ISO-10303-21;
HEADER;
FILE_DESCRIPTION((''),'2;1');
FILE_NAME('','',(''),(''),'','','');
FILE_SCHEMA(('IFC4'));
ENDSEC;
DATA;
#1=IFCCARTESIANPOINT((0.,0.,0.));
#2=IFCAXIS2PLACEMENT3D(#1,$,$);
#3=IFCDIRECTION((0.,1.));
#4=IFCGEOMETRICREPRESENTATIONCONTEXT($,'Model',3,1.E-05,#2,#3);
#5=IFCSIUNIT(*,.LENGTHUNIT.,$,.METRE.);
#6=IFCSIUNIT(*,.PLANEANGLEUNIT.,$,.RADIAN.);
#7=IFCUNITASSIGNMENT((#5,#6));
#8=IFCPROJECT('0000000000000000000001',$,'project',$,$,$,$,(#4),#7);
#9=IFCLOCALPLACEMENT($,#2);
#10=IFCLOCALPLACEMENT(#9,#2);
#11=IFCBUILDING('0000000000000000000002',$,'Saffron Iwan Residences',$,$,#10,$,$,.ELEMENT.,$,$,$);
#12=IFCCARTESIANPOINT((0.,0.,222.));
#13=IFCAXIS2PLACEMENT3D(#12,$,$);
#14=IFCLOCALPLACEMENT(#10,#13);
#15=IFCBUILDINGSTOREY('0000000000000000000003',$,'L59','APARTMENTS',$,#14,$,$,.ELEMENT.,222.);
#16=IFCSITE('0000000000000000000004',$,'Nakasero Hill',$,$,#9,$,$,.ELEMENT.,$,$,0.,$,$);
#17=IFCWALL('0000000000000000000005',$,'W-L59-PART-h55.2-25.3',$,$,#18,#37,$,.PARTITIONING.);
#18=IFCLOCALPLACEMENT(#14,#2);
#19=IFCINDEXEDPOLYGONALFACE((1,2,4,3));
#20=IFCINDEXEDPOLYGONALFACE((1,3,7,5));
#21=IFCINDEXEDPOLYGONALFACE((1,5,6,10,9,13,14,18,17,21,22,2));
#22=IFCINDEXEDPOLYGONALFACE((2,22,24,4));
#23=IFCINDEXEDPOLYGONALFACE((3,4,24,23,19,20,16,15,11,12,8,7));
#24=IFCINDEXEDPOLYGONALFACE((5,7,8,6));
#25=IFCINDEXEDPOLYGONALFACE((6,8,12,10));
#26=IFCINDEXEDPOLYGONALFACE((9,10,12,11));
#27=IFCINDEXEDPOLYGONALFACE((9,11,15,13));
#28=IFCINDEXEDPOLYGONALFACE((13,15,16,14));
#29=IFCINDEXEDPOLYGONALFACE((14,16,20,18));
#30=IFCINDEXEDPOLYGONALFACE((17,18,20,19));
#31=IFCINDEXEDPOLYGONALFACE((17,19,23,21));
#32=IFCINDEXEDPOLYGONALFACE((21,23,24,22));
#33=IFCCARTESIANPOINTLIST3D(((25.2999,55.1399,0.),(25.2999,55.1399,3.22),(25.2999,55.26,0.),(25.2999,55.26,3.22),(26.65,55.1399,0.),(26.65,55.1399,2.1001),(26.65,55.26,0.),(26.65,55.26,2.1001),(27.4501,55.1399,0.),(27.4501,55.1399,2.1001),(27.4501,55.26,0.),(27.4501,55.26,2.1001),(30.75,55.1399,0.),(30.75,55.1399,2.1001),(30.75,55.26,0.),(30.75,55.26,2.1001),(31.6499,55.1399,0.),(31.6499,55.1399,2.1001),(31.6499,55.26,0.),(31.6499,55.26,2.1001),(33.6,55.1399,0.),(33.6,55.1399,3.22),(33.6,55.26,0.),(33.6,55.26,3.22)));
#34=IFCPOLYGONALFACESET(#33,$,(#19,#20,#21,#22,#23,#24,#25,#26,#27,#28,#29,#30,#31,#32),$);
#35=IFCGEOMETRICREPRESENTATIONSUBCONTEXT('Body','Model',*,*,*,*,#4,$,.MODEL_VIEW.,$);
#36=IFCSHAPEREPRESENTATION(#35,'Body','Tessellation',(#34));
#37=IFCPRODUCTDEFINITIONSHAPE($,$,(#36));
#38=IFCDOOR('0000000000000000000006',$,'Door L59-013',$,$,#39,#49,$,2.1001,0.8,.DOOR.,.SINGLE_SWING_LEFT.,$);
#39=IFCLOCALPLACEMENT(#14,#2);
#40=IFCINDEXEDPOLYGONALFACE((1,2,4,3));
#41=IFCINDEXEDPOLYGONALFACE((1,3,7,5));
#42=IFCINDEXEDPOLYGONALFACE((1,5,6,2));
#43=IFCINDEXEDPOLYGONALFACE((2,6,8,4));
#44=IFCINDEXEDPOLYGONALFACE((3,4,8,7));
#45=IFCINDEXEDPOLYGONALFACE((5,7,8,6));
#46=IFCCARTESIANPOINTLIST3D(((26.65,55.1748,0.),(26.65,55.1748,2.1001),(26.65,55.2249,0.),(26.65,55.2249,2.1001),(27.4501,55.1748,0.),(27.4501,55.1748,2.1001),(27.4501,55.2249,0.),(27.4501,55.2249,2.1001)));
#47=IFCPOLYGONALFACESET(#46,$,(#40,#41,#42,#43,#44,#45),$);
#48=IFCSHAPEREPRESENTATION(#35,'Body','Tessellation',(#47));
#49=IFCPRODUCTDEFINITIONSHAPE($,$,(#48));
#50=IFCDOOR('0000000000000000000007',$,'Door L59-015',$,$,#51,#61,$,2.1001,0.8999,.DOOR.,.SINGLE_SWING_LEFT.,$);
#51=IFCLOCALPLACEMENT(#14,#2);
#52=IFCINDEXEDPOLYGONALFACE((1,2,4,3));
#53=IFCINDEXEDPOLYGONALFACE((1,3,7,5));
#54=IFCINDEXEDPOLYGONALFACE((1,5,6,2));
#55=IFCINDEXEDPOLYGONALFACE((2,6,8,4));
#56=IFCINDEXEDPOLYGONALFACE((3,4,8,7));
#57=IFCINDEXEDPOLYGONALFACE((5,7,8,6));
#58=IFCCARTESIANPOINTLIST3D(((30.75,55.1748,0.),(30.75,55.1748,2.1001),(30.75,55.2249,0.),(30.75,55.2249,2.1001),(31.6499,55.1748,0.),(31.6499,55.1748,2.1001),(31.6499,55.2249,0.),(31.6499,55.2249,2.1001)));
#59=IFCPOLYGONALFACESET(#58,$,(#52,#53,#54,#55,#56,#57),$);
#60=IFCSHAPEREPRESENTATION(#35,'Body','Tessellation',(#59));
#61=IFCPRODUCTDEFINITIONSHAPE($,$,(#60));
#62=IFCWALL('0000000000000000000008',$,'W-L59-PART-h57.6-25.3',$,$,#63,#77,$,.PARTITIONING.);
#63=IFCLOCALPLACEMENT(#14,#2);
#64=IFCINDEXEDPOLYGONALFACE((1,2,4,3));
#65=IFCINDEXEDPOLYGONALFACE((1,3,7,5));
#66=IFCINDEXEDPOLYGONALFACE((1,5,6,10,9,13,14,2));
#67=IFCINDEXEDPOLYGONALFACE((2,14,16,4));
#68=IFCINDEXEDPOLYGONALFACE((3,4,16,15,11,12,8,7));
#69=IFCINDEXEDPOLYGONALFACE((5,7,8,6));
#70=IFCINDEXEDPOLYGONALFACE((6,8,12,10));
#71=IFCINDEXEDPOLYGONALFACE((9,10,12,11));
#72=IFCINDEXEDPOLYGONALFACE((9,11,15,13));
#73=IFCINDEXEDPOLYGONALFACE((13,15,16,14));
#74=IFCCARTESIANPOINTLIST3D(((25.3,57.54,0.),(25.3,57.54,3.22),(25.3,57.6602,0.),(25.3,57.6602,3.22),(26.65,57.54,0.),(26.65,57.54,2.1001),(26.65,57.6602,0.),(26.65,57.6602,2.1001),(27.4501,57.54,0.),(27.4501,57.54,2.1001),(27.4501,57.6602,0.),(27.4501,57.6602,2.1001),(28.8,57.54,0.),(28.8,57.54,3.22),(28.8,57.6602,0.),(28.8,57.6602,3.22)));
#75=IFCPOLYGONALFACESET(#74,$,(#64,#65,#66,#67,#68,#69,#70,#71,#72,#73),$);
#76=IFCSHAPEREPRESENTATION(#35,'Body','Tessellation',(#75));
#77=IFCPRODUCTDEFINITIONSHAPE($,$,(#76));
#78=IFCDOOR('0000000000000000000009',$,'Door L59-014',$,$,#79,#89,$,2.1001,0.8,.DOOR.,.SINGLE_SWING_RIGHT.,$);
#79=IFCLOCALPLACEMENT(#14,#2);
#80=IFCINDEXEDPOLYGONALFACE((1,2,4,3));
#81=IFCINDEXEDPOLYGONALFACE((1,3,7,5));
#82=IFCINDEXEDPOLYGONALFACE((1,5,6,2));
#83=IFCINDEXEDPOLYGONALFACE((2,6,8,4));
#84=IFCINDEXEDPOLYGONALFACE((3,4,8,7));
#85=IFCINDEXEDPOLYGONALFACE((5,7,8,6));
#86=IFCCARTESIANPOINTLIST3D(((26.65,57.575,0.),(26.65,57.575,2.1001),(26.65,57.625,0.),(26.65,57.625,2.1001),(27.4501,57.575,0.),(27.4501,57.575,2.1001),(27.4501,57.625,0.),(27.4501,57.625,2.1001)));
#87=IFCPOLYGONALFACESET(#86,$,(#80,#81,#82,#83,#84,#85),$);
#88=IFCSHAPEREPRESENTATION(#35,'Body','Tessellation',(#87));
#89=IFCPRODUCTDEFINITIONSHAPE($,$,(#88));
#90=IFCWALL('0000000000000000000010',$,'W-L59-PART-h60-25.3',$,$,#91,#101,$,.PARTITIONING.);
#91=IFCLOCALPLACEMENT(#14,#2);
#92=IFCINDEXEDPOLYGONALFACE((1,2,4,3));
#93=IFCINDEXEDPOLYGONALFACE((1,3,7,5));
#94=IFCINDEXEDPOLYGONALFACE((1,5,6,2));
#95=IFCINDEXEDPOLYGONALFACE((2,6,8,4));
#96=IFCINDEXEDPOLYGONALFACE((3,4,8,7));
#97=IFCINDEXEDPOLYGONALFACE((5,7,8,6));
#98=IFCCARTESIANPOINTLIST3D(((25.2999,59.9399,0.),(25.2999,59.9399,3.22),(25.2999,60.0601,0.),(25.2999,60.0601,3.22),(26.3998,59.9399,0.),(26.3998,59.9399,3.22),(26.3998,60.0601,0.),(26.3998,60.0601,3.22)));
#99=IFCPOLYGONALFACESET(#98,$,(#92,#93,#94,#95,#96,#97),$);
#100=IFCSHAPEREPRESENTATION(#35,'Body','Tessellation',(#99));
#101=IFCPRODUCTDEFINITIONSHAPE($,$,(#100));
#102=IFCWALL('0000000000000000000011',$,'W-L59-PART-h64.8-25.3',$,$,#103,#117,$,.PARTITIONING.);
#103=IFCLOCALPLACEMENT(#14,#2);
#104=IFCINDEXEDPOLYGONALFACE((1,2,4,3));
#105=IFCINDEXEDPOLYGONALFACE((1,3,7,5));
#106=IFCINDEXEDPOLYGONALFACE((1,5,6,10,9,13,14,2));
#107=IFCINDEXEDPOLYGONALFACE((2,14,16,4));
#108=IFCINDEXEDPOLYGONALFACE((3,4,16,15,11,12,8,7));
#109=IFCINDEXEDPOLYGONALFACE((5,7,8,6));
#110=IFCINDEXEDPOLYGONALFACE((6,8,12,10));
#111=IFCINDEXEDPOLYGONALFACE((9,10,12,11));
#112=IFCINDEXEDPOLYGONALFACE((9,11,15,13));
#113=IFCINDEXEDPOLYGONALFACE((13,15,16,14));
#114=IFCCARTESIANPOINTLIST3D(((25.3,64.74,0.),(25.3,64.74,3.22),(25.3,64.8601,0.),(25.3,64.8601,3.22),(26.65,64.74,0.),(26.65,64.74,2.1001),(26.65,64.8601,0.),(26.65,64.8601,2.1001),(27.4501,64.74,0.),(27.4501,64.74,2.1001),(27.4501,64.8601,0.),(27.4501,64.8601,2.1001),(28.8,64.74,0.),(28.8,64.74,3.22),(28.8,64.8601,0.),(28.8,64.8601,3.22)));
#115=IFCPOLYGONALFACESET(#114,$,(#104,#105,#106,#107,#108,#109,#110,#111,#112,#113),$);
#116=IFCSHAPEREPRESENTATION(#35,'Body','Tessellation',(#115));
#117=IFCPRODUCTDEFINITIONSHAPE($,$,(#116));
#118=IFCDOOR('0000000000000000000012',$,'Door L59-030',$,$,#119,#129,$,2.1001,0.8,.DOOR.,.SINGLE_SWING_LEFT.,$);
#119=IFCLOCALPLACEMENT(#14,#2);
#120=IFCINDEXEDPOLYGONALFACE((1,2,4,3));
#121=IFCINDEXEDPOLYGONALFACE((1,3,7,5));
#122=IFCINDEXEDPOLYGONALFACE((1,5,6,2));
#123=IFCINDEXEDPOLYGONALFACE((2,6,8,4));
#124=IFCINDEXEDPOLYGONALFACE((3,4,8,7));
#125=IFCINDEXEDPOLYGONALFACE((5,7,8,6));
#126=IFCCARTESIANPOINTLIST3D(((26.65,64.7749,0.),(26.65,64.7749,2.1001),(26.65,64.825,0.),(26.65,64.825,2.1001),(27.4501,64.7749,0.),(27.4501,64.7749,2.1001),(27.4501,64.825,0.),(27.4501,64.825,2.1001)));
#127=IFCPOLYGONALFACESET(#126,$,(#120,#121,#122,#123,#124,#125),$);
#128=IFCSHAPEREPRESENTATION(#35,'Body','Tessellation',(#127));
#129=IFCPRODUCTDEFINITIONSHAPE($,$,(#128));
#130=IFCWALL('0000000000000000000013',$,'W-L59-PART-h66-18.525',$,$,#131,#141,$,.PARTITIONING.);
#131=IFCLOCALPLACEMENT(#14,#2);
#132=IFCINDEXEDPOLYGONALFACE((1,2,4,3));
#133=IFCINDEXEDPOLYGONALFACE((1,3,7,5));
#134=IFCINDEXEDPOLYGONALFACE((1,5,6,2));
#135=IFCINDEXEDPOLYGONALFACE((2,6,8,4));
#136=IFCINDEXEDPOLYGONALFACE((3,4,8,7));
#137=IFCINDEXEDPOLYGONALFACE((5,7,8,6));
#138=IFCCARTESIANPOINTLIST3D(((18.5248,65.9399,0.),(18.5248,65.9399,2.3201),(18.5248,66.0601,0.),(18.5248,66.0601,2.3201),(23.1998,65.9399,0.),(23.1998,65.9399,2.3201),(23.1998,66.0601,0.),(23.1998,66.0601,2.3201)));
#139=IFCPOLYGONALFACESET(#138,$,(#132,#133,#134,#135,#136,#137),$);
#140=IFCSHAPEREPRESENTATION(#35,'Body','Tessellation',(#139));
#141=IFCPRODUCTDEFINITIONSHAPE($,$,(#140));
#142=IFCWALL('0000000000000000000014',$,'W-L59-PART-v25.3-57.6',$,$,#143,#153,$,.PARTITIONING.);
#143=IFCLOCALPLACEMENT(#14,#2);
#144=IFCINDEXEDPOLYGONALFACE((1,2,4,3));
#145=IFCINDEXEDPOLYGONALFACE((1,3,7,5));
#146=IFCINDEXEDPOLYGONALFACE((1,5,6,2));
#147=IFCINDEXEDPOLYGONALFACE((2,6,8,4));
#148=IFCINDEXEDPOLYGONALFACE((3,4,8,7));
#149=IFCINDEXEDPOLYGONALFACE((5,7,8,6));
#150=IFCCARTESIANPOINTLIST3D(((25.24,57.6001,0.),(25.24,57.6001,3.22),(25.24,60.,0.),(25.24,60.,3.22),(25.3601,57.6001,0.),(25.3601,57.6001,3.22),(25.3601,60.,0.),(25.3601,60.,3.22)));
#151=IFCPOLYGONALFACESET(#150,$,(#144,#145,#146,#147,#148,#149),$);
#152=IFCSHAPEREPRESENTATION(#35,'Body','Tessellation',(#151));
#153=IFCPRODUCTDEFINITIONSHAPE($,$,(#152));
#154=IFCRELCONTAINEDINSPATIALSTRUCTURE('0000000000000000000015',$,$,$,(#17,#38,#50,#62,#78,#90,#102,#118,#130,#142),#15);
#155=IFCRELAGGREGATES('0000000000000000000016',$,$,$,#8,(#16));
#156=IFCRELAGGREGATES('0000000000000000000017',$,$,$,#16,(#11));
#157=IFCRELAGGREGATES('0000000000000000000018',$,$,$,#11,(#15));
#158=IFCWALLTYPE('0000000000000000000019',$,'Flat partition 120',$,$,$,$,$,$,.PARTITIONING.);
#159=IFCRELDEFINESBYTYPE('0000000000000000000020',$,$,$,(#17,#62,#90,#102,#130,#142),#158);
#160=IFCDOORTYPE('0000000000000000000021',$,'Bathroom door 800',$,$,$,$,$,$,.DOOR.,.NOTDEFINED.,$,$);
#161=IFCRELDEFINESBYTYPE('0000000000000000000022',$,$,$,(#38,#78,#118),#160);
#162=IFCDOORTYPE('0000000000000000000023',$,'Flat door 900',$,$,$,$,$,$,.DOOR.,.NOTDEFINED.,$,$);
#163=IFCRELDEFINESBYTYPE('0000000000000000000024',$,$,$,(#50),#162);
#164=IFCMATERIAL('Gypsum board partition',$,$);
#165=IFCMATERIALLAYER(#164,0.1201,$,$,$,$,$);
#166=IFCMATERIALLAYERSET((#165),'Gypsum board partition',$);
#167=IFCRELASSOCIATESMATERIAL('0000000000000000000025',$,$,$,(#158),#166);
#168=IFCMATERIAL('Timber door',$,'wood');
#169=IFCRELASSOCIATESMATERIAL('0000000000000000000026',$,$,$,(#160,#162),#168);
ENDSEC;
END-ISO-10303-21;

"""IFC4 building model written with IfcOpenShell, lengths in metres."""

from ifc_helpers import new_model, si_unit, direction, frame, frame_2d, origin, place, context, subcontext, project, spatial, rectangle, extrude, material, layer, layer_set, type_object, element, fill, save


model = new_model("IFC4")

# Units and contexts
model_context = context("Model", 3, precision=1e-05, world=origin(), true_north=direction((0.0, 1.0)))
body_context = subcontext(model_context, "Body", "Model", "MODEL_VIEW")
ifc_project = project(units=[si_unit("LENGTHUNIT", "METRE"), si_unit("PLANEANGLEUNIT", "RADIAN")], contexts=[model_context])

# Site, building, storey
site_placement = place(None, origin())
site = spatial("IfcSite", under=ifc_project, at=site_placement, Name="Nakasero Hill", CompositionType="ELEMENT", RefElevation=0.0)
building_placement = place(site_placement, origin())
building = spatial("IfcBuilding", under=site, at=building_placement, Name="Saffron Iwan Residences", CompositionType="ELEMENT")
storey_placement = place(building_placement, frame((0.0, 0.0, 222.0)))
storey = spatial("IfcBuildingStorey", under=building, at=storey_placement, Name="L59", Description="APARTMENTS", CompositionType="ELEMENT", Elevation=222.0)

# Shared definitions
ifc_material_1 = material(Name="Gypsum board partition")
ifc_layer_1 = layer(ifc_material_1, 0.1201)
ifc_layer_set_1 = layer_set([ifc_layer_1], Name="Gypsum board partition")
wall_type_1 = type_object("IfcWallType", Name="Flat partition 120", PredefinedType="PARTITIONING", material=ifc_layer_set_1)

# Wall, openings, doors
wall_1_placement = place(storey_placement, frame((25.3, 55.2, 0.0), z_axis=(0.0, 0.0, 1.0), x_axis=(1.0, 0.0, 0.0)))
wall_1 = element("IfcWall", 1, at=wall_1_placement, inside=storey, type_object=wall_type_1, Name="W-L59-PART-h55.2-25.3", PredefinedType="PARTITIONING", context=body_context, shape_type="SweptSolid", body=[
    extrude(rectangle(XDim=8.3, YDim=0.1201, at=frame_2d((4.1499, 0.0))), origin(), (0.0, 0.0, 1.0), 3.22),
])
opening_1_placement = place(wall_1_placement, frame((1.3501, 0.0, 0.0)))
opening_1 = element("IfcOpeningElement", 2, at=opening_1_placement, cuts=wall_1, PredefinedType="OPENING", context=body_context, shape_type="SweptSolid", body=[
    extrude(rectangle(XDim=0.8, YDim=2.1001, at=frame_2d((0.3999, 1.05))), frame((0.0, 0.0701, 0.0), z_axis=(0.0, -1.0, 0.0), x_axis=(1.0, 0.0, 0.0)), (0.0, 0.0, 1.0), 0.1401),
])
opening_2_placement = place(wall_1_placement, frame((5.45, 0.0, 0.0)))
opening_2 = element("IfcOpeningElement", 3, at=opening_2_placement, cuts=wall_1, PredefinedType="OPENING", context=body_context, shape_type="SweptSolid", body=[
    extrude(rectangle(XDim=0.8999, YDim=2.1001, at=frame_2d((0.45, 1.05))), frame((0.0, 0.0701, 0.0), z_axis=(0.0, -1.0, 0.0), x_axis=(1.0, 0.0, 0.0)), (0.0, 0.0, 1.0), 0.1401),
])
ifc_material_2 = material(Name="Timber door", Category="wood")
door_type_1 = type_object("IfcDoorType", Name="Bathroom door 800", OperationType="NOTDEFINED", PredefinedType="DOOR", material=ifc_material_2)
door_1_placement = place(opening_1_placement, origin())
door_1 = element("IfcDoor", 4, at=door_1_placement, inside=storey, type_object=door_type_1, Name="Door L59-013", OperationType="SINGLE_SWING_LEFT", OverallHeight=2.1001, OverallWidth=0.8, PredefinedType="DOOR", context=body_context, shape_type="SweptSolid", body=[
    extrude(rectangle(XDim=0.8, YDim=2.1001, at=frame_2d((0.3999, 1.05))), frame((0.0, 0.0249, 0.0), z_axis=(0.0, -1.0, 0.0), x_axis=(1.0, 0.0, 0.0)), (0.0, 0.0, 1.0), 0.05),
])
fill(opening_1, door_1)
door_type_2 = type_object("IfcDoorType", Name="Flat door 900", OperationType="NOTDEFINED", PredefinedType="DOOR", material=ifc_material_2)
door_2_placement = place(opening_2_placement, origin())
door_2 = element("IfcDoor", 5, at=door_2_placement, inside=storey, type_object=door_type_2, Name="Door L59-015", OperationType="SINGLE_SWING_LEFT", OverallHeight=2.1001, OverallWidth=0.8999, PredefinedType="DOOR", context=body_context, shape_type="SweptSolid", body=[
    extrude(rectangle(XDim=0.8999, YDim=2.1001, at=frame_2d((0.45, 1.05))), frame((0.0, 0.0249, 0.0), z_axis=(0.0, -1.0, 0.0), x_axis=(1.0, 0.0, 0.0)), (0.0, 0.0, 1.0), 0.05),
])
fill(opening_2, door_2)

# Wall, opening, door
wall_2_placement = place(storey_placement, frame((25.3, 57.6001, 0.0), z_axis=(0.0, 0.0, 1.0), x_axis=(1.0, 0.0, 0.0)))
wall_2 = element("IfcWall", 6, at=wall_2_placement, inside=storey, type_object=wall_type_1, Name="W-L59-PART-h57.6-25.3", PredefinedType="PARTITIONING", context=body_context, shape_type="SweptSolid", body=[
    extrude(rectangle(XDim=3.5, YDim=0.1201, at=frame_2d((1.75, 0.0))), origin(), (0.0, 0.0, 1.0), 3.22),
])
opening_3_placement = place(wall_2_placement, frame((1.3501, 0.0, 0.0)))
opening_3 = element("IfcOpeningElement", 7, at=opening_3_placement, cuts=wall_2, PredefinedType="OPENING", context=body_context, shape_type="SweptSolid", body=[
    extrude(rectangle(XDim=0.8, YDim=2.1001, at=frame_2d((0.3999, 1.05))), frame((0.0, 0.0701, 0.0), z_axis=(0.0, -1.0, 0.0), x_axis=(1.0, 0.0, 0.0)), (0.0, 0.0, 1.0), 0.1401),
])
door_3_placement = place(opening_3_placement, origin())
door_3 = element("IfcDoor", 8, at=door_3_placement, inside=storey, type_object=door_type_1, Name="Door L59-014", OperationType="SINGLE_SWING_RIGHT", OverallHeight=2.1001, OverallWidth=0.8, PredefinedType="DOOR", context=body_context, shape_type="SweptSolid", body=[
    extrude(rectangle(XDim=0.8, YDim=2.1001, at=frame_2d((0.3999, 1.05))), frame((0.0, 0.0249, 0.0), z_axis=(0.0, -1.0, 0.0), x_axis=(1.0, 0.0, 0.0)), (0.0, 0.0, 1.0), 0.05),
])
fill(opening_3, door_3)

# Wall
wall_3_placement = place(storey_placement, frame((25.3, 60.0, 0.0), z_axis=(0.0, 0.0, 1.0), x_axis=(1.0, 0.0, 0.0)))
element("IfcWall", 9, at=wall_3_placement, inside=storey, type_object=wall_type_1, Name="W-L59-PART-h60-25.3", PredefinedType="PARTITIONING", context=body_context, shape_type="SweptSolid", body=[
    extrude(rectangle(XDim=1.0999, YDim=0.1201, at=frame_2d((0.5498, 0.0))), origin(), (0.0, 0.0, 1.0), 3.22),
])

# Wall, opening, door
wall_4_placement = place(storey_placement, frame((25.3, 64.8, 0.0), z_axis=(0.0, 0.0, 1.0), x_axis=(1.0, 0.0, 0.0)))
wall_4 = element("IfcWall", 10, at=wall_4_placement, inside=storey, type_object=wall_type_1, Name="W-L59-PART-h64.8-25.3", PredefinedType="PARTITIONING", context=body_context, shape_type="SweptSolid", body=[
    extrude(rectangle(XDim=3.5, YDim=0.1201, at=frame_2d((1.75, 0.0))), origin(), (0.0, 0.0, 1.0), 3.22),
])
opening_4_placement = place(wall_4_placement, frame((1.3501, 0.0, 0.0)))
opening_4 = element("IfcOpeningElement", 11, at=opening_4_placement, cuts=wall_4, PredefinedType="OPENING", context=body_context, shape_type="SweptSolid", body=[
    extrude(rectangle(XDim=0.8, YDim=2.1001, at=frame_2d((0.3999, 1.05))), frame((0.0, 0.0701, 0.0), z_axis=(0.0, -1.0, 0.0), x_axis=(1.0, 0.0, 0.0)), (0.0, 0.0, 1.0), 0.1401),
])
door_4_placement = place(opening_4_placement, origin())
door_4 = element("IfcDoor", 12, at=door_4_placement, inside=storey, type_object=door_type_1, Name="Door L59-030", OperationType="SINGLE_SWING_LEFT", OverallHeight=2.1001, OverallWidth=0.8, PredefinedType="DOOR", context=body_context, shape_type="SweptSolid", body=[
    extrude(rectangle(XDim=0.8, YDim=2.1001, at=frame_2d((0.3999, 1.05))), frame((0.0, 0.0249, 0.0), z_axis=(0.0, -1.0, 0.0), x_axis=(1.0, 0.0, 0.0)), (0.0, 0.0, 1.0), 0.05),
])
fill(opening_4, door_4)

# Walls
wall_5_placement = place(storey_placement, frame((18.5249, 66.0, 0.0), z_axis=(0.0, 0.0, 1.0), x_axis=(1.0, 0.0, 0.0)))
element("IfcWall", 13, at=wall_5_placement, inside=storey, type_object=wall_type_1, Name="W-L59-PART-h66-18.525", PredefinedType="PARTITIONING", context=body_context, shape_type="SweptSolid", body=[
    extrude(rectangle(XDim=4.675, YDim=0.1201, at=frame_2d((2.3374, 0.0))), origin(), (0.0, 0.0, 1.0), 2.3201),
])
wall_6_placement = place(storey_placement, frame((25.3, 57.6001, 0.0), z_axis=(0.0, 0.0, 1.0), x_axis=(0.0, 1.0, 0.0)))
element("IfcWall", 14, at=wall_6_placement, inside=storey, type_object=wall_type_1, Name="W-L59-PART-v25.3-57.6", PredefinedType="PARTITIONING", context=body_context, shape_type="SweptSolid", body=[
    extrude(rectangle(XDim=2.3999, YDim=0.1201, at=frame_2d((1.2, 0.0))), origin(), (0.0, 0.0, 1.0), 3.22),
])

save(model, "model.ifc")
